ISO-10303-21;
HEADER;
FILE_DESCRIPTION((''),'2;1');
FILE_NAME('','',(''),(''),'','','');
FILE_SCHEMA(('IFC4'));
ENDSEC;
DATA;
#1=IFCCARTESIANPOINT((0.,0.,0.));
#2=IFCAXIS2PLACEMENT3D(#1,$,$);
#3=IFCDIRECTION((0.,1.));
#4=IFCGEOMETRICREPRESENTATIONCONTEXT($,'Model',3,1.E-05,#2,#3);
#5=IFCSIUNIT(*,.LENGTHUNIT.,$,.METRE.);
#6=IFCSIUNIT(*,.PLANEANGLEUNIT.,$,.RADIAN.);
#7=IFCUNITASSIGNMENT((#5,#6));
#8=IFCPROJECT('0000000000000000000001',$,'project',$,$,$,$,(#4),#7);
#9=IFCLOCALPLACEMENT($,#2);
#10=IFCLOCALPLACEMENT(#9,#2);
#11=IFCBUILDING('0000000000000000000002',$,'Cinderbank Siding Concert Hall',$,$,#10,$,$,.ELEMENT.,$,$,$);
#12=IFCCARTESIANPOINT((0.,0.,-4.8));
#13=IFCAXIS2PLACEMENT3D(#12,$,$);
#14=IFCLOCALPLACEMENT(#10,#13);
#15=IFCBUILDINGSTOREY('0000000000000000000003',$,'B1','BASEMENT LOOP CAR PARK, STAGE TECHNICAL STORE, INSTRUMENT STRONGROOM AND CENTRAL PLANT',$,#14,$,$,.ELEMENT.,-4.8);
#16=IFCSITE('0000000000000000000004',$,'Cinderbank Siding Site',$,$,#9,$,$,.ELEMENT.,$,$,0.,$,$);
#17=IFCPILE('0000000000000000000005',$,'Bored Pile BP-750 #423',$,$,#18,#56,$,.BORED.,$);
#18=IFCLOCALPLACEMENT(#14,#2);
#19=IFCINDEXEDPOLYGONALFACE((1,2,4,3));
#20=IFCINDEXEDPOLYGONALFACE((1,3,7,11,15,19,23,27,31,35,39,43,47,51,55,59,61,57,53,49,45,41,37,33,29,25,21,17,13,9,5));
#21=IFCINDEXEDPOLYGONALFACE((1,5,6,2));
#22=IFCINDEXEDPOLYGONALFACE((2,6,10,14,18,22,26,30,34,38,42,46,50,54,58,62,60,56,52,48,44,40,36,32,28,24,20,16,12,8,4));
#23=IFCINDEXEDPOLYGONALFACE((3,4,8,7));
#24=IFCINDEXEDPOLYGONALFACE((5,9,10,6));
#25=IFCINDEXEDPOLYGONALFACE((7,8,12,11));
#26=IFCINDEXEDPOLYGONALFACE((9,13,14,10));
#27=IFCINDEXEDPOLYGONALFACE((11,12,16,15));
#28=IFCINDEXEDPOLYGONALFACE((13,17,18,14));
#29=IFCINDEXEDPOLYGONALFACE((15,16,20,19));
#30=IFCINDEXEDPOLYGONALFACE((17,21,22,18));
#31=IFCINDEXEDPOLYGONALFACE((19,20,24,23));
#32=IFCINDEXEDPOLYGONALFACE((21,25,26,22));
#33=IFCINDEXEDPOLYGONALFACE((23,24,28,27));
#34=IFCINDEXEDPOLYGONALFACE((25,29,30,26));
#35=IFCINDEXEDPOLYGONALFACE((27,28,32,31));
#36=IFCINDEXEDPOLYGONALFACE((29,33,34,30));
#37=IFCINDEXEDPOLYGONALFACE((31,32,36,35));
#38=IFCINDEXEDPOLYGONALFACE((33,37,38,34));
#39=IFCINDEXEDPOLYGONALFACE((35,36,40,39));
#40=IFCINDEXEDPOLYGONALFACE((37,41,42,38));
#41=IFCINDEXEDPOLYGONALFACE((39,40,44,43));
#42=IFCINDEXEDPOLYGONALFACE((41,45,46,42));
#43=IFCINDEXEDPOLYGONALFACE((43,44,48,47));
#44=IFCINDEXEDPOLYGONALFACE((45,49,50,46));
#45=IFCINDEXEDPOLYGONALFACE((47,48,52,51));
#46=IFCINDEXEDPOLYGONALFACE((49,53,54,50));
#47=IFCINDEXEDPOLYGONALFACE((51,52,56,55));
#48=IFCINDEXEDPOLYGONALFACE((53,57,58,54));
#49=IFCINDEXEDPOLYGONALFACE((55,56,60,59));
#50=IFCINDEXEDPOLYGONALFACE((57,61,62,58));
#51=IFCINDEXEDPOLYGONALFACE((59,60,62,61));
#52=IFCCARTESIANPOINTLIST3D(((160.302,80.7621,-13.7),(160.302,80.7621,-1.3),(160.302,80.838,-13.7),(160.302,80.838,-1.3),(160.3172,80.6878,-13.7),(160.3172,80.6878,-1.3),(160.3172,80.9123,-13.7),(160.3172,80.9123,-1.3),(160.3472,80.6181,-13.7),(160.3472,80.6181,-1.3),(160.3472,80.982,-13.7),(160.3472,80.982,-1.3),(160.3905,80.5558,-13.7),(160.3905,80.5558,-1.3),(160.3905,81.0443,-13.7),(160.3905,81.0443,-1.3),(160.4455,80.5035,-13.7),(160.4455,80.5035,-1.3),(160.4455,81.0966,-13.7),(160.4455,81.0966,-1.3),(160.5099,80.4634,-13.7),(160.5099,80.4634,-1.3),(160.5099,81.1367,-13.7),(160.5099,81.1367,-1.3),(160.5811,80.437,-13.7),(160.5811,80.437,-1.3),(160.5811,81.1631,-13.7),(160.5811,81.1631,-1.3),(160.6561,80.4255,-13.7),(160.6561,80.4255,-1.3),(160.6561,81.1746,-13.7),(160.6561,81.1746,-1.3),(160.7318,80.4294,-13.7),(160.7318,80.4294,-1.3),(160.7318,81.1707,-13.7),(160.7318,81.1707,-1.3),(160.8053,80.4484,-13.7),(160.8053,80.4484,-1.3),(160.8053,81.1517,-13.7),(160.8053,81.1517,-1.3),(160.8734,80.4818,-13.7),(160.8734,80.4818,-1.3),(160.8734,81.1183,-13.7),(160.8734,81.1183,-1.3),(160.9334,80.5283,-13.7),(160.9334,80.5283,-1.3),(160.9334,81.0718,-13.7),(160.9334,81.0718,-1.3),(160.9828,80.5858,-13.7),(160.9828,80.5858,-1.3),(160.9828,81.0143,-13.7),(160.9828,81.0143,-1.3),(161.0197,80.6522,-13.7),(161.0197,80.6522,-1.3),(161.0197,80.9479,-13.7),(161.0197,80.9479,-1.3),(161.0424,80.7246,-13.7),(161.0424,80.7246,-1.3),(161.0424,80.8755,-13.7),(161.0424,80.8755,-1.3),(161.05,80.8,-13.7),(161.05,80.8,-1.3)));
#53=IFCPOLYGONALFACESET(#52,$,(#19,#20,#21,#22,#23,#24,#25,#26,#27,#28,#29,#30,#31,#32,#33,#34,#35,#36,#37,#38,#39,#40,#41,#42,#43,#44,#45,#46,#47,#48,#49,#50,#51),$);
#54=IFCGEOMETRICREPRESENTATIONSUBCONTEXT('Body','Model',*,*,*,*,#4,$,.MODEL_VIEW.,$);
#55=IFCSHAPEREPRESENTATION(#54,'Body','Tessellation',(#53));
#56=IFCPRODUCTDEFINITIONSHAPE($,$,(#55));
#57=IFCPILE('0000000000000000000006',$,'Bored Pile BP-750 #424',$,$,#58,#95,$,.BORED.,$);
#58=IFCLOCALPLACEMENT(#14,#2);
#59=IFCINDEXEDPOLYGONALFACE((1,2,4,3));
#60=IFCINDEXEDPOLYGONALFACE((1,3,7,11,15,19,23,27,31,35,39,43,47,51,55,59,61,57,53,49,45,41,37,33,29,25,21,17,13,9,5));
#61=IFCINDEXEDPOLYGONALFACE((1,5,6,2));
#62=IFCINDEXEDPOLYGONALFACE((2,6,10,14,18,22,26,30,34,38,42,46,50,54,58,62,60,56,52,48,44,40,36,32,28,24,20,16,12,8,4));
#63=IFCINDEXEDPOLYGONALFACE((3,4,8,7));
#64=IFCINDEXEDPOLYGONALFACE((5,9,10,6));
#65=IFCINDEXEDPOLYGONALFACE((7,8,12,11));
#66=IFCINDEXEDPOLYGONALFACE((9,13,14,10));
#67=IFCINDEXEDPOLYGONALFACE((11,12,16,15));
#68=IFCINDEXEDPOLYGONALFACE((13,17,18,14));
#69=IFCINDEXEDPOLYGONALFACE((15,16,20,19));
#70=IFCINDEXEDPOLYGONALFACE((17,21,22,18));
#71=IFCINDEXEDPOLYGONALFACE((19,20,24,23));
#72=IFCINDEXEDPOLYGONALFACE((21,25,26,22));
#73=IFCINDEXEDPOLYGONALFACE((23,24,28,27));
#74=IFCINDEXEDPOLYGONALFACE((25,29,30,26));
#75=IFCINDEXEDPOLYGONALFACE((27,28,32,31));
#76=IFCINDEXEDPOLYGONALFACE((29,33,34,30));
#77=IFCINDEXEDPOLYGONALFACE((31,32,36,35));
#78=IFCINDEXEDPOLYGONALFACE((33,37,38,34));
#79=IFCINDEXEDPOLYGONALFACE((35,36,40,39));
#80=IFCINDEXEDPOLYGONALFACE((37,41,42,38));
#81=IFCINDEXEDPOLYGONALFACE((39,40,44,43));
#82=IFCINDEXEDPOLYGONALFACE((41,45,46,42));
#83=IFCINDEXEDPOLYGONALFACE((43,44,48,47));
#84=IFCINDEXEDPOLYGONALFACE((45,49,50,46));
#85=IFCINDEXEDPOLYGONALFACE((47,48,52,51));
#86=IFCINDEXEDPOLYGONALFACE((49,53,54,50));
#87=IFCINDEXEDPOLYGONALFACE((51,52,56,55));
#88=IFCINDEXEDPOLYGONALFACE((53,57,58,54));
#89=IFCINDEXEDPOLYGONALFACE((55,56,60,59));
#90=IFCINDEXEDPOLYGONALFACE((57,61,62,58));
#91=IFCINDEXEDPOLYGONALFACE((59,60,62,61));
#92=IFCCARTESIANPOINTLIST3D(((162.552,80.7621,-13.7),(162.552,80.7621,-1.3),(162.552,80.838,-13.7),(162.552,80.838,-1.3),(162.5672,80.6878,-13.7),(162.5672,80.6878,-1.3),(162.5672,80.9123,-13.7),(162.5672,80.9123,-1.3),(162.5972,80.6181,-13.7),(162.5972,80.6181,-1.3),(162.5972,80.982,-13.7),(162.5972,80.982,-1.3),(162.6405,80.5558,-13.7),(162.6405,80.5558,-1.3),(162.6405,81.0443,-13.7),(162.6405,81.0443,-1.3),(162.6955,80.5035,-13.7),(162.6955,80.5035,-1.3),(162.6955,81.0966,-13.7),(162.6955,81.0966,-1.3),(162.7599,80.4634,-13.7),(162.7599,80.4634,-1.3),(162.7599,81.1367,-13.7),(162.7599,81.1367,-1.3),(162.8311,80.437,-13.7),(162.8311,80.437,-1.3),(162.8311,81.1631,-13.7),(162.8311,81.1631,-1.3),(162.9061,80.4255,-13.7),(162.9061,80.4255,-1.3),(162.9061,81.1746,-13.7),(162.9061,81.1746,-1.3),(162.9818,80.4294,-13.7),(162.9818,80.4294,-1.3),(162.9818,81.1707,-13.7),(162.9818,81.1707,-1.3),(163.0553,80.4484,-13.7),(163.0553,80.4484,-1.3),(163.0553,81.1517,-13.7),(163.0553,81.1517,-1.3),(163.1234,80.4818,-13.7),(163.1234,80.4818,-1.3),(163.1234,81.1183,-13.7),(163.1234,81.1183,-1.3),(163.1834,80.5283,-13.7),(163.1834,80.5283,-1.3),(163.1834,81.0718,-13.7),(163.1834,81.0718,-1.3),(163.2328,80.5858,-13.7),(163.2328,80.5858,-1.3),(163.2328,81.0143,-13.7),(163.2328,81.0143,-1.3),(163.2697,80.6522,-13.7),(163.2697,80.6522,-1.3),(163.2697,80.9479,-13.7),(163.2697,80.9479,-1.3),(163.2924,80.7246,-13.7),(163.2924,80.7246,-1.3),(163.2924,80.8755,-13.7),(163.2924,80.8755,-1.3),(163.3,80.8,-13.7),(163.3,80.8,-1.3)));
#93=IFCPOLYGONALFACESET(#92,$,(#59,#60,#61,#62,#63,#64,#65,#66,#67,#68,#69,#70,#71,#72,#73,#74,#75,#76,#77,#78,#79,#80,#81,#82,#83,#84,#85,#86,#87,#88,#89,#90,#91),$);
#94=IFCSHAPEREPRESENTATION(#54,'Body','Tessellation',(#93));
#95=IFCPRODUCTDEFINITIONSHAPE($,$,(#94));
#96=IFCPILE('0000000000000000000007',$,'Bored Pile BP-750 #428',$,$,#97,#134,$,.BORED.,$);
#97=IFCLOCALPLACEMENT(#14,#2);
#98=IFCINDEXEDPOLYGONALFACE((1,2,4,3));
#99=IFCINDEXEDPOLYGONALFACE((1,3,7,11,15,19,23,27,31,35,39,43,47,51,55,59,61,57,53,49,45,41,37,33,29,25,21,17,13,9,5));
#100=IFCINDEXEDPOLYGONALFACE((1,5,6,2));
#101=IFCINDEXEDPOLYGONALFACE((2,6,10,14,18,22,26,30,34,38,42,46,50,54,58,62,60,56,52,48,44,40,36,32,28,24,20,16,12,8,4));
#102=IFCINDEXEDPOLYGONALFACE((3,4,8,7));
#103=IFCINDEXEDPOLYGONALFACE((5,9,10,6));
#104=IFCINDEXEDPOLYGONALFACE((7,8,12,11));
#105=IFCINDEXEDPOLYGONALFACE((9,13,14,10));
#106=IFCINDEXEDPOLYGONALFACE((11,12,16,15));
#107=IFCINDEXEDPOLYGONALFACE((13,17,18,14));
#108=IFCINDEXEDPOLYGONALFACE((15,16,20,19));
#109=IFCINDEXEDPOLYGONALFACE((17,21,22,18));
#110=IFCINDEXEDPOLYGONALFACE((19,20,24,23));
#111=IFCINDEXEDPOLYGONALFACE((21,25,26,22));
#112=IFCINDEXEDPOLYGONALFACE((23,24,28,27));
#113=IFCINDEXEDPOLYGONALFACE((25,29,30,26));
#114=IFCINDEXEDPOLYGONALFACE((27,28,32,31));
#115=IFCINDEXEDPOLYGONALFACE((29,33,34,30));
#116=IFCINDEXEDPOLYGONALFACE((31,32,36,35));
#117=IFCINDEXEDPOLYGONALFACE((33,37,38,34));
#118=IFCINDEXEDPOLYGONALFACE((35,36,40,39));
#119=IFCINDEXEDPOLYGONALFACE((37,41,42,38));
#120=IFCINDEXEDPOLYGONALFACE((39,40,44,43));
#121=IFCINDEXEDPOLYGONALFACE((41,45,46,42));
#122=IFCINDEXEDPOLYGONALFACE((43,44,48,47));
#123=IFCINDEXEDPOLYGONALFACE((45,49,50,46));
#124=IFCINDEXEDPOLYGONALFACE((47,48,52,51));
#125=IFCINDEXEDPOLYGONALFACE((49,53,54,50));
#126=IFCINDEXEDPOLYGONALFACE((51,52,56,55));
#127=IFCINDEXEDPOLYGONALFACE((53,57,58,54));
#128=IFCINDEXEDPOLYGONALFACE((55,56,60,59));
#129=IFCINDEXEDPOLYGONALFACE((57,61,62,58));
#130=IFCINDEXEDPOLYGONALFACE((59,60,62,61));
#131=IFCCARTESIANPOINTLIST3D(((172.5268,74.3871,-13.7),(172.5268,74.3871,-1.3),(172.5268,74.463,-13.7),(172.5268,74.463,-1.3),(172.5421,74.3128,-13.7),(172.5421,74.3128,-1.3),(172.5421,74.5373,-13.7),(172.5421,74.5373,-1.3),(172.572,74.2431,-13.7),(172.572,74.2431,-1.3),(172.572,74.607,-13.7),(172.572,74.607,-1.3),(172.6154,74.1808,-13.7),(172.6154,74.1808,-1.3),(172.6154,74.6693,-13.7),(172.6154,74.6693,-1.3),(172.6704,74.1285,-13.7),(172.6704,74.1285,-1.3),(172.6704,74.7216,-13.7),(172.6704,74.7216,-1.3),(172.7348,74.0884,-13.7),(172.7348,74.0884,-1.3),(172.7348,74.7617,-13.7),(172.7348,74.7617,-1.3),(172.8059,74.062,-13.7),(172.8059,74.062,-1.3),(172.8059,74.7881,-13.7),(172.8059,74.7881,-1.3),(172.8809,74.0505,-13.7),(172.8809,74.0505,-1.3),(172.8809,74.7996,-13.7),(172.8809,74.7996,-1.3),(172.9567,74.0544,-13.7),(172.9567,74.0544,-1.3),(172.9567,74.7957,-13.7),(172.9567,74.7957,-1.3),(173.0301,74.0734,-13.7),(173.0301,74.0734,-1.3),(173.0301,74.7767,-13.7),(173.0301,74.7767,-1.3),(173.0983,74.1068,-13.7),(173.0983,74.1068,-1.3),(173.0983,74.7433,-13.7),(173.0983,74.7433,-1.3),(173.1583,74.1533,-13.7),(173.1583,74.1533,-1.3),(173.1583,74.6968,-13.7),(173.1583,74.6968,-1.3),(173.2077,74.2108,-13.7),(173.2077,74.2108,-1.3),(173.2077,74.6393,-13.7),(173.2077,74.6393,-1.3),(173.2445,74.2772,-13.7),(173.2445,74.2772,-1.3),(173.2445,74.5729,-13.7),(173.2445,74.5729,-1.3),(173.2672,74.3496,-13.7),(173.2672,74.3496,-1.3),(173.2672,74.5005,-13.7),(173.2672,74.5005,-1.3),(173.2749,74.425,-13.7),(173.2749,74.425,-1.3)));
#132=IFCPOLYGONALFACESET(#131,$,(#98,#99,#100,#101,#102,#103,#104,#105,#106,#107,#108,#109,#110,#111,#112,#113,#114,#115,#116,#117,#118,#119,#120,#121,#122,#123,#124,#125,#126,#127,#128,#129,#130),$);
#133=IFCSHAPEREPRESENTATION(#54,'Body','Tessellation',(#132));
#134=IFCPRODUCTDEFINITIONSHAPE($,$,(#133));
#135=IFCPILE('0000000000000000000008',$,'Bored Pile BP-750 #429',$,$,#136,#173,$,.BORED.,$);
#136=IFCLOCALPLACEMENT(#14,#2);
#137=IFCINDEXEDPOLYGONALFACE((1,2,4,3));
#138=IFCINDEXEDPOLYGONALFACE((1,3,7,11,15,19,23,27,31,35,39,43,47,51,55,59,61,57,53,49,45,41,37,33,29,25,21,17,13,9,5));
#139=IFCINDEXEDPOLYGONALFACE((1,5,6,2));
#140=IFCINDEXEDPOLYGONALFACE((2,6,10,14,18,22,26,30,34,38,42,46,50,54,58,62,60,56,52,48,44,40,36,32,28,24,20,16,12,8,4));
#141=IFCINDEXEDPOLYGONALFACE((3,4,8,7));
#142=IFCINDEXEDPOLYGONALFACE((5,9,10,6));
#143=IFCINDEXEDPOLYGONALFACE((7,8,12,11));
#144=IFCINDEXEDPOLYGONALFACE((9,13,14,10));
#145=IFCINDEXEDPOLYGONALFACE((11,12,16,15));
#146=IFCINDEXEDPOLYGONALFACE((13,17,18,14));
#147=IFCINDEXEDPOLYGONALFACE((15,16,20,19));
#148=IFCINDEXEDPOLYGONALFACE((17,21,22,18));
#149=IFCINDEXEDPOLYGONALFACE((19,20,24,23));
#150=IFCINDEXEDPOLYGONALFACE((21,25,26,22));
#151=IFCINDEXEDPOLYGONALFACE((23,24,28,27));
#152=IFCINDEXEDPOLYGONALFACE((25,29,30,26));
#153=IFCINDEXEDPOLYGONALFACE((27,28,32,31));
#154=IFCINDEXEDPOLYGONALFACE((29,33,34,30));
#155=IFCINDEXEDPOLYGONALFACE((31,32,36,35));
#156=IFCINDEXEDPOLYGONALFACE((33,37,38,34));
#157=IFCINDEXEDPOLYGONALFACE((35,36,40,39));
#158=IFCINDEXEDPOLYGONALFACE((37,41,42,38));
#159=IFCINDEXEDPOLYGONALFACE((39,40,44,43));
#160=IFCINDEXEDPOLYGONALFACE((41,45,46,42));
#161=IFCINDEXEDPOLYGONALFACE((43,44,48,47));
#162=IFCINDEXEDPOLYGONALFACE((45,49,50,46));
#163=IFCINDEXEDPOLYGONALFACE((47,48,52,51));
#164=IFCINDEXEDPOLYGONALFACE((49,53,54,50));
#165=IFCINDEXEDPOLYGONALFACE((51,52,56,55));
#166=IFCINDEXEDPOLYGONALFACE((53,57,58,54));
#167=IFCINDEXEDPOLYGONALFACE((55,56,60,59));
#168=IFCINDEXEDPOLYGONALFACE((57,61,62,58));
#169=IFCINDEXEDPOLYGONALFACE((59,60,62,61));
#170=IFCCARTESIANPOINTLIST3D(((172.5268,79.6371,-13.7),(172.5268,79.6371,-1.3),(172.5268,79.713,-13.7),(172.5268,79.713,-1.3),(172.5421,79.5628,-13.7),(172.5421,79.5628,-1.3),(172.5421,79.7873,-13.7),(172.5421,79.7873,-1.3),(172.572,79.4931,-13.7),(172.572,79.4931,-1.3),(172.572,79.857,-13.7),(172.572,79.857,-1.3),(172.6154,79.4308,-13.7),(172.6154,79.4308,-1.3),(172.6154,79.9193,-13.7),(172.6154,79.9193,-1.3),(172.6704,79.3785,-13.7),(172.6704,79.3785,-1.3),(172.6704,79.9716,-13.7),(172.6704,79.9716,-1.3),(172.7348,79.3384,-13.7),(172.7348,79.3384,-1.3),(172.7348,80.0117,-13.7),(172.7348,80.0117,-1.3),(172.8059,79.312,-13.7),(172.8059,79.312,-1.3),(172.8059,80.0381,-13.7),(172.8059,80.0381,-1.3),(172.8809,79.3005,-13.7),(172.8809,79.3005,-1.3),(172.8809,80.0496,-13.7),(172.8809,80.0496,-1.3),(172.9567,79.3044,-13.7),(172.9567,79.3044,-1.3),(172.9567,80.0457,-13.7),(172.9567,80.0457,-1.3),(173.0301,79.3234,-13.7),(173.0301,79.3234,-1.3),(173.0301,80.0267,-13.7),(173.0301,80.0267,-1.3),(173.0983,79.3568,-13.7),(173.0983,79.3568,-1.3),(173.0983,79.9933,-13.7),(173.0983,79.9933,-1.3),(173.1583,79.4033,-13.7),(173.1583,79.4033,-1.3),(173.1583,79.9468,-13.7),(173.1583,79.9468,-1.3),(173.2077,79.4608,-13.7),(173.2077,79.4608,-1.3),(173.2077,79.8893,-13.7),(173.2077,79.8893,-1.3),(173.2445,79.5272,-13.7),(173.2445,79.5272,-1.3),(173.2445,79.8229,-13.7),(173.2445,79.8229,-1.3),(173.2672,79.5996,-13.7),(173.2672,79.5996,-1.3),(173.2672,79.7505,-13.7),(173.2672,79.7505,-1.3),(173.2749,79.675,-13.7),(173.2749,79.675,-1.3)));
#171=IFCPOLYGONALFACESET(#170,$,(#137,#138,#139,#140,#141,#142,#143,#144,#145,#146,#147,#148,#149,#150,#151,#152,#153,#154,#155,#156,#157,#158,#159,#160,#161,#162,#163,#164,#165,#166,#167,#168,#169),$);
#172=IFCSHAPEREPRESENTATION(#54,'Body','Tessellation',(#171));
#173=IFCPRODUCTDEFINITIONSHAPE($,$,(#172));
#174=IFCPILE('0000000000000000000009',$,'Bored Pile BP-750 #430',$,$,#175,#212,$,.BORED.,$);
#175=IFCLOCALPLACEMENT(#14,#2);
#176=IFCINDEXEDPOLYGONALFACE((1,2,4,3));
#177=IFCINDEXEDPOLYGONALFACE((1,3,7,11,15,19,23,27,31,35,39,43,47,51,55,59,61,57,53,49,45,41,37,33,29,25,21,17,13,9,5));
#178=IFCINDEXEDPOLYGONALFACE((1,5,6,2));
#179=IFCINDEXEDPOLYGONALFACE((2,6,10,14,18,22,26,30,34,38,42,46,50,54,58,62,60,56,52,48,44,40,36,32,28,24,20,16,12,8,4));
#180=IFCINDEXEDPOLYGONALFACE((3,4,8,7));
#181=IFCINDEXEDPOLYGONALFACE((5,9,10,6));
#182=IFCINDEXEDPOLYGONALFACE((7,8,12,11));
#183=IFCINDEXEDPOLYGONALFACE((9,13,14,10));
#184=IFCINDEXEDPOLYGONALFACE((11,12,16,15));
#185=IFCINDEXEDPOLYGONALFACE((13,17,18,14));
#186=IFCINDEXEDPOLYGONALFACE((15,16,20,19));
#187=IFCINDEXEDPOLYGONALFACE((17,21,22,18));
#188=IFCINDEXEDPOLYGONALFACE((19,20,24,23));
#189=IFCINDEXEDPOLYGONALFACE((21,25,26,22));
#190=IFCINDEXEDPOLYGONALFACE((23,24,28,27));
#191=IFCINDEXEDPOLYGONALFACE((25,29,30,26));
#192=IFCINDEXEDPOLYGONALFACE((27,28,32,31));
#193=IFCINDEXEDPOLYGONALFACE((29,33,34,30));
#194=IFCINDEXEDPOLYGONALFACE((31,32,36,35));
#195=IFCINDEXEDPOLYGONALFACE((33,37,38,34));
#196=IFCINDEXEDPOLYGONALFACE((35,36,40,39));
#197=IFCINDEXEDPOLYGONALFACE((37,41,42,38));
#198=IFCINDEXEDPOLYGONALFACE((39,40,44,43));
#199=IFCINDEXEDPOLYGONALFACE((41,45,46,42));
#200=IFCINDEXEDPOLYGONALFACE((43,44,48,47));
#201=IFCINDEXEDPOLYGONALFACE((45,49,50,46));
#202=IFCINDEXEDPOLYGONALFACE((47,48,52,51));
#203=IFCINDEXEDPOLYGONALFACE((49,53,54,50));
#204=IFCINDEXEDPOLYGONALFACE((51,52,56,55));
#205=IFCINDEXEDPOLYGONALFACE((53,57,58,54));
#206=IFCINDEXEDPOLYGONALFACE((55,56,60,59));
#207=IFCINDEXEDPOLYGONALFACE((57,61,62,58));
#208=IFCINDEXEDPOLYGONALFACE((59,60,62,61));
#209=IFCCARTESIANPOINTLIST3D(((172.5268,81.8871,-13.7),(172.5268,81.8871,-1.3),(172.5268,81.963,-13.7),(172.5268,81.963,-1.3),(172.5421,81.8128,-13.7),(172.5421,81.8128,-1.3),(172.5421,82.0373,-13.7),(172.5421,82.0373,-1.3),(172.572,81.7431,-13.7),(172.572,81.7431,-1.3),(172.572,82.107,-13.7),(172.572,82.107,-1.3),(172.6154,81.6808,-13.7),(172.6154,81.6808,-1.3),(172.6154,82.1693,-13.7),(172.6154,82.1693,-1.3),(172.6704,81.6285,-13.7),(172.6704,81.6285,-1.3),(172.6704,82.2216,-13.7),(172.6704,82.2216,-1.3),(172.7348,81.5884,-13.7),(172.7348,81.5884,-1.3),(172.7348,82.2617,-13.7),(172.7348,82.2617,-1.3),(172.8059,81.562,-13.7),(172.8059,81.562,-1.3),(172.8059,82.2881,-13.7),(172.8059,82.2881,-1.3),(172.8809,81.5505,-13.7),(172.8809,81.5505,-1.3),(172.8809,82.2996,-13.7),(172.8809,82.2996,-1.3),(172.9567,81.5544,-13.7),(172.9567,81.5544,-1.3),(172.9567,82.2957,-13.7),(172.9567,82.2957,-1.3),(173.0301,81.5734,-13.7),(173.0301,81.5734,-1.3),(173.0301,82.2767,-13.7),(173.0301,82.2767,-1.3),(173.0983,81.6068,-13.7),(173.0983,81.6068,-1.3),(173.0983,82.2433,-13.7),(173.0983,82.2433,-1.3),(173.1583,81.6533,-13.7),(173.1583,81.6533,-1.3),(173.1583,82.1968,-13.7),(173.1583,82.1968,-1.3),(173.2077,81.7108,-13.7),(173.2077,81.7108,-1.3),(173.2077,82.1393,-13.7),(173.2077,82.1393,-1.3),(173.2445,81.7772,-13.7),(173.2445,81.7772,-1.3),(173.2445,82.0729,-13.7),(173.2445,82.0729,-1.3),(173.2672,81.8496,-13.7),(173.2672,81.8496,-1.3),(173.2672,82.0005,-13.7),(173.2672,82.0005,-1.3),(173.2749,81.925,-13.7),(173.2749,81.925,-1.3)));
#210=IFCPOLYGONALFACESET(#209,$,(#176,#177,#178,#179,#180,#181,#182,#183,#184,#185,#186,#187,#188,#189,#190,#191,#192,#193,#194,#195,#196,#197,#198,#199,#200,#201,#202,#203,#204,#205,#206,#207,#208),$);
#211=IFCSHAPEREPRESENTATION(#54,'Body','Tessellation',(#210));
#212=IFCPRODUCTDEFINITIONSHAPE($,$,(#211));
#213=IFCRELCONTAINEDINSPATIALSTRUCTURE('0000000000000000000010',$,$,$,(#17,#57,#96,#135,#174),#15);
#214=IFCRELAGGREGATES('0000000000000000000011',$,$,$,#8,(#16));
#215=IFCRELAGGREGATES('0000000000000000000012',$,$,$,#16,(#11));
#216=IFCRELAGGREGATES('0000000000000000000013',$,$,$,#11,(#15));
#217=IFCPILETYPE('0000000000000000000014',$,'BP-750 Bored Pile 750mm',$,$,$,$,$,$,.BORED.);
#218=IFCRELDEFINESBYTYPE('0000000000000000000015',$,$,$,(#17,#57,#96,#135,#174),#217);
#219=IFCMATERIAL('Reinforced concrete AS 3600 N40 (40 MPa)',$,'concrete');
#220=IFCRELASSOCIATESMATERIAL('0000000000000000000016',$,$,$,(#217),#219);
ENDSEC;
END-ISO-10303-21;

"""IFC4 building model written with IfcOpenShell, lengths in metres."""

from ifc_helpers import new_model, si_unit, direction, frame, origin, origin_2d, place, context, subcontext, project, spatial, circle, extrude, material, material_profile, profile_set, type_object, element, save


model = new_model("IFC4")

# Units and contexts
model_context = context("Model", 3, precision=1e-05, world=origin(), true_north=direction((0.0, 1.0)))
body_context = subcontext(model_context, "Body", "Model", "MODEL_VIEW")
ifc_project = project(units=[si_unit("LENGTHUNIT", "METRE"), si_unit("PLANEANGLEUNIT", "RADIAN")], contexts=[model_context])

# Site, building, storey
site_placement = place(None, origin())
site = spatial("IfcSite", under=ifc_project, at=site_placement, Name="Cinderbank Siding Site", CompositionType="ELEMENT", RefElevation=0.0)
building_placement = place(site_placement, origin())
building = spatial("IfcBuilding", under=site, at=building_placement, Name="Cinderbank Siding Concert Hall", CompositionType="ELEMENT")
storey_placement = place(building_placement, frame((0.0, 0.0, -4.8)))
storey = spatial("IfcBuildingStorey", under=building, at=storey_placement, Name="B1", Description="BASEMENT LOOP CAR PARK, STAGE TECHNICAL STORE, INSTRUMENT STRONGROOM AND CENTRAL PLANT", CompositionType="ELEMENT", Elevation=-4.8)

# Piles
ifc_material_1 = material(Name="Reinforced concrete AS 3600 N40 (40 MPa)", Category="concrete")
ifc_material_profile_1 = material_profile(ifc_material_1, circle(Radius=0.375, at=origin_2d()), Name="PILE-750DIA", Category="LoadBearing")
ifc_profile_set_1 = profile_set([ifc_material_profile_1], Name="Reinforced concrete AS 3600 N40 (40 MPa)")
pile_type_1 = type_object("IfcPileType", Name="BP-750 Bored Pile 750mm", PredefinedType="BORED", material=ifc_profile_set_1)
for number, where, z_axis, x_axis, name in (
    (1, (160.675, 80.8, -1.3), (0.0, 0.0, -1.0), (1.0, 0.0, 0.0), "Bored Pile BP-750 #423"),
    (2, (162.925, 80.8, -1.3), (0.0, 0.0, -1.0), (1.0, 0.0, 0.0), "Bored Pile BP-750 #424"),
    (3, (172.8999, 74.425, -1.3), (0.0, 0.0, -1.0), (1.0, 0.0, 0.0), "Bored Pile BP-750 #428"),
    (4, (172.8999, 79.675, -1.3), (0.0, 0.0, -1.0), (1.0, 0.0, 0.0), "Bored Pile BP-750 #429"),
    (5, (172.8999, 81.925, -1.3), (0.0, 0.0, -1.0), (1.0, 0.0, 0.0), "Bored Pile BP-750 #430"),
):
    element("IfcPile", number, at=place(storey_placement, frame(where, z_axis=z_axis, x_axis=x_axis)), inside=storey, type_object=pile_type_1, Name=name, PredefinedType="BORED", context=body_context, shape_type="SweptSolid", body=[
        extrude(circle(Radius=0.375, at=origin_2d()), origin(), (0.0, 0.0, 1.0), 12.3999),
    ])

save(model, "model.ifc")
